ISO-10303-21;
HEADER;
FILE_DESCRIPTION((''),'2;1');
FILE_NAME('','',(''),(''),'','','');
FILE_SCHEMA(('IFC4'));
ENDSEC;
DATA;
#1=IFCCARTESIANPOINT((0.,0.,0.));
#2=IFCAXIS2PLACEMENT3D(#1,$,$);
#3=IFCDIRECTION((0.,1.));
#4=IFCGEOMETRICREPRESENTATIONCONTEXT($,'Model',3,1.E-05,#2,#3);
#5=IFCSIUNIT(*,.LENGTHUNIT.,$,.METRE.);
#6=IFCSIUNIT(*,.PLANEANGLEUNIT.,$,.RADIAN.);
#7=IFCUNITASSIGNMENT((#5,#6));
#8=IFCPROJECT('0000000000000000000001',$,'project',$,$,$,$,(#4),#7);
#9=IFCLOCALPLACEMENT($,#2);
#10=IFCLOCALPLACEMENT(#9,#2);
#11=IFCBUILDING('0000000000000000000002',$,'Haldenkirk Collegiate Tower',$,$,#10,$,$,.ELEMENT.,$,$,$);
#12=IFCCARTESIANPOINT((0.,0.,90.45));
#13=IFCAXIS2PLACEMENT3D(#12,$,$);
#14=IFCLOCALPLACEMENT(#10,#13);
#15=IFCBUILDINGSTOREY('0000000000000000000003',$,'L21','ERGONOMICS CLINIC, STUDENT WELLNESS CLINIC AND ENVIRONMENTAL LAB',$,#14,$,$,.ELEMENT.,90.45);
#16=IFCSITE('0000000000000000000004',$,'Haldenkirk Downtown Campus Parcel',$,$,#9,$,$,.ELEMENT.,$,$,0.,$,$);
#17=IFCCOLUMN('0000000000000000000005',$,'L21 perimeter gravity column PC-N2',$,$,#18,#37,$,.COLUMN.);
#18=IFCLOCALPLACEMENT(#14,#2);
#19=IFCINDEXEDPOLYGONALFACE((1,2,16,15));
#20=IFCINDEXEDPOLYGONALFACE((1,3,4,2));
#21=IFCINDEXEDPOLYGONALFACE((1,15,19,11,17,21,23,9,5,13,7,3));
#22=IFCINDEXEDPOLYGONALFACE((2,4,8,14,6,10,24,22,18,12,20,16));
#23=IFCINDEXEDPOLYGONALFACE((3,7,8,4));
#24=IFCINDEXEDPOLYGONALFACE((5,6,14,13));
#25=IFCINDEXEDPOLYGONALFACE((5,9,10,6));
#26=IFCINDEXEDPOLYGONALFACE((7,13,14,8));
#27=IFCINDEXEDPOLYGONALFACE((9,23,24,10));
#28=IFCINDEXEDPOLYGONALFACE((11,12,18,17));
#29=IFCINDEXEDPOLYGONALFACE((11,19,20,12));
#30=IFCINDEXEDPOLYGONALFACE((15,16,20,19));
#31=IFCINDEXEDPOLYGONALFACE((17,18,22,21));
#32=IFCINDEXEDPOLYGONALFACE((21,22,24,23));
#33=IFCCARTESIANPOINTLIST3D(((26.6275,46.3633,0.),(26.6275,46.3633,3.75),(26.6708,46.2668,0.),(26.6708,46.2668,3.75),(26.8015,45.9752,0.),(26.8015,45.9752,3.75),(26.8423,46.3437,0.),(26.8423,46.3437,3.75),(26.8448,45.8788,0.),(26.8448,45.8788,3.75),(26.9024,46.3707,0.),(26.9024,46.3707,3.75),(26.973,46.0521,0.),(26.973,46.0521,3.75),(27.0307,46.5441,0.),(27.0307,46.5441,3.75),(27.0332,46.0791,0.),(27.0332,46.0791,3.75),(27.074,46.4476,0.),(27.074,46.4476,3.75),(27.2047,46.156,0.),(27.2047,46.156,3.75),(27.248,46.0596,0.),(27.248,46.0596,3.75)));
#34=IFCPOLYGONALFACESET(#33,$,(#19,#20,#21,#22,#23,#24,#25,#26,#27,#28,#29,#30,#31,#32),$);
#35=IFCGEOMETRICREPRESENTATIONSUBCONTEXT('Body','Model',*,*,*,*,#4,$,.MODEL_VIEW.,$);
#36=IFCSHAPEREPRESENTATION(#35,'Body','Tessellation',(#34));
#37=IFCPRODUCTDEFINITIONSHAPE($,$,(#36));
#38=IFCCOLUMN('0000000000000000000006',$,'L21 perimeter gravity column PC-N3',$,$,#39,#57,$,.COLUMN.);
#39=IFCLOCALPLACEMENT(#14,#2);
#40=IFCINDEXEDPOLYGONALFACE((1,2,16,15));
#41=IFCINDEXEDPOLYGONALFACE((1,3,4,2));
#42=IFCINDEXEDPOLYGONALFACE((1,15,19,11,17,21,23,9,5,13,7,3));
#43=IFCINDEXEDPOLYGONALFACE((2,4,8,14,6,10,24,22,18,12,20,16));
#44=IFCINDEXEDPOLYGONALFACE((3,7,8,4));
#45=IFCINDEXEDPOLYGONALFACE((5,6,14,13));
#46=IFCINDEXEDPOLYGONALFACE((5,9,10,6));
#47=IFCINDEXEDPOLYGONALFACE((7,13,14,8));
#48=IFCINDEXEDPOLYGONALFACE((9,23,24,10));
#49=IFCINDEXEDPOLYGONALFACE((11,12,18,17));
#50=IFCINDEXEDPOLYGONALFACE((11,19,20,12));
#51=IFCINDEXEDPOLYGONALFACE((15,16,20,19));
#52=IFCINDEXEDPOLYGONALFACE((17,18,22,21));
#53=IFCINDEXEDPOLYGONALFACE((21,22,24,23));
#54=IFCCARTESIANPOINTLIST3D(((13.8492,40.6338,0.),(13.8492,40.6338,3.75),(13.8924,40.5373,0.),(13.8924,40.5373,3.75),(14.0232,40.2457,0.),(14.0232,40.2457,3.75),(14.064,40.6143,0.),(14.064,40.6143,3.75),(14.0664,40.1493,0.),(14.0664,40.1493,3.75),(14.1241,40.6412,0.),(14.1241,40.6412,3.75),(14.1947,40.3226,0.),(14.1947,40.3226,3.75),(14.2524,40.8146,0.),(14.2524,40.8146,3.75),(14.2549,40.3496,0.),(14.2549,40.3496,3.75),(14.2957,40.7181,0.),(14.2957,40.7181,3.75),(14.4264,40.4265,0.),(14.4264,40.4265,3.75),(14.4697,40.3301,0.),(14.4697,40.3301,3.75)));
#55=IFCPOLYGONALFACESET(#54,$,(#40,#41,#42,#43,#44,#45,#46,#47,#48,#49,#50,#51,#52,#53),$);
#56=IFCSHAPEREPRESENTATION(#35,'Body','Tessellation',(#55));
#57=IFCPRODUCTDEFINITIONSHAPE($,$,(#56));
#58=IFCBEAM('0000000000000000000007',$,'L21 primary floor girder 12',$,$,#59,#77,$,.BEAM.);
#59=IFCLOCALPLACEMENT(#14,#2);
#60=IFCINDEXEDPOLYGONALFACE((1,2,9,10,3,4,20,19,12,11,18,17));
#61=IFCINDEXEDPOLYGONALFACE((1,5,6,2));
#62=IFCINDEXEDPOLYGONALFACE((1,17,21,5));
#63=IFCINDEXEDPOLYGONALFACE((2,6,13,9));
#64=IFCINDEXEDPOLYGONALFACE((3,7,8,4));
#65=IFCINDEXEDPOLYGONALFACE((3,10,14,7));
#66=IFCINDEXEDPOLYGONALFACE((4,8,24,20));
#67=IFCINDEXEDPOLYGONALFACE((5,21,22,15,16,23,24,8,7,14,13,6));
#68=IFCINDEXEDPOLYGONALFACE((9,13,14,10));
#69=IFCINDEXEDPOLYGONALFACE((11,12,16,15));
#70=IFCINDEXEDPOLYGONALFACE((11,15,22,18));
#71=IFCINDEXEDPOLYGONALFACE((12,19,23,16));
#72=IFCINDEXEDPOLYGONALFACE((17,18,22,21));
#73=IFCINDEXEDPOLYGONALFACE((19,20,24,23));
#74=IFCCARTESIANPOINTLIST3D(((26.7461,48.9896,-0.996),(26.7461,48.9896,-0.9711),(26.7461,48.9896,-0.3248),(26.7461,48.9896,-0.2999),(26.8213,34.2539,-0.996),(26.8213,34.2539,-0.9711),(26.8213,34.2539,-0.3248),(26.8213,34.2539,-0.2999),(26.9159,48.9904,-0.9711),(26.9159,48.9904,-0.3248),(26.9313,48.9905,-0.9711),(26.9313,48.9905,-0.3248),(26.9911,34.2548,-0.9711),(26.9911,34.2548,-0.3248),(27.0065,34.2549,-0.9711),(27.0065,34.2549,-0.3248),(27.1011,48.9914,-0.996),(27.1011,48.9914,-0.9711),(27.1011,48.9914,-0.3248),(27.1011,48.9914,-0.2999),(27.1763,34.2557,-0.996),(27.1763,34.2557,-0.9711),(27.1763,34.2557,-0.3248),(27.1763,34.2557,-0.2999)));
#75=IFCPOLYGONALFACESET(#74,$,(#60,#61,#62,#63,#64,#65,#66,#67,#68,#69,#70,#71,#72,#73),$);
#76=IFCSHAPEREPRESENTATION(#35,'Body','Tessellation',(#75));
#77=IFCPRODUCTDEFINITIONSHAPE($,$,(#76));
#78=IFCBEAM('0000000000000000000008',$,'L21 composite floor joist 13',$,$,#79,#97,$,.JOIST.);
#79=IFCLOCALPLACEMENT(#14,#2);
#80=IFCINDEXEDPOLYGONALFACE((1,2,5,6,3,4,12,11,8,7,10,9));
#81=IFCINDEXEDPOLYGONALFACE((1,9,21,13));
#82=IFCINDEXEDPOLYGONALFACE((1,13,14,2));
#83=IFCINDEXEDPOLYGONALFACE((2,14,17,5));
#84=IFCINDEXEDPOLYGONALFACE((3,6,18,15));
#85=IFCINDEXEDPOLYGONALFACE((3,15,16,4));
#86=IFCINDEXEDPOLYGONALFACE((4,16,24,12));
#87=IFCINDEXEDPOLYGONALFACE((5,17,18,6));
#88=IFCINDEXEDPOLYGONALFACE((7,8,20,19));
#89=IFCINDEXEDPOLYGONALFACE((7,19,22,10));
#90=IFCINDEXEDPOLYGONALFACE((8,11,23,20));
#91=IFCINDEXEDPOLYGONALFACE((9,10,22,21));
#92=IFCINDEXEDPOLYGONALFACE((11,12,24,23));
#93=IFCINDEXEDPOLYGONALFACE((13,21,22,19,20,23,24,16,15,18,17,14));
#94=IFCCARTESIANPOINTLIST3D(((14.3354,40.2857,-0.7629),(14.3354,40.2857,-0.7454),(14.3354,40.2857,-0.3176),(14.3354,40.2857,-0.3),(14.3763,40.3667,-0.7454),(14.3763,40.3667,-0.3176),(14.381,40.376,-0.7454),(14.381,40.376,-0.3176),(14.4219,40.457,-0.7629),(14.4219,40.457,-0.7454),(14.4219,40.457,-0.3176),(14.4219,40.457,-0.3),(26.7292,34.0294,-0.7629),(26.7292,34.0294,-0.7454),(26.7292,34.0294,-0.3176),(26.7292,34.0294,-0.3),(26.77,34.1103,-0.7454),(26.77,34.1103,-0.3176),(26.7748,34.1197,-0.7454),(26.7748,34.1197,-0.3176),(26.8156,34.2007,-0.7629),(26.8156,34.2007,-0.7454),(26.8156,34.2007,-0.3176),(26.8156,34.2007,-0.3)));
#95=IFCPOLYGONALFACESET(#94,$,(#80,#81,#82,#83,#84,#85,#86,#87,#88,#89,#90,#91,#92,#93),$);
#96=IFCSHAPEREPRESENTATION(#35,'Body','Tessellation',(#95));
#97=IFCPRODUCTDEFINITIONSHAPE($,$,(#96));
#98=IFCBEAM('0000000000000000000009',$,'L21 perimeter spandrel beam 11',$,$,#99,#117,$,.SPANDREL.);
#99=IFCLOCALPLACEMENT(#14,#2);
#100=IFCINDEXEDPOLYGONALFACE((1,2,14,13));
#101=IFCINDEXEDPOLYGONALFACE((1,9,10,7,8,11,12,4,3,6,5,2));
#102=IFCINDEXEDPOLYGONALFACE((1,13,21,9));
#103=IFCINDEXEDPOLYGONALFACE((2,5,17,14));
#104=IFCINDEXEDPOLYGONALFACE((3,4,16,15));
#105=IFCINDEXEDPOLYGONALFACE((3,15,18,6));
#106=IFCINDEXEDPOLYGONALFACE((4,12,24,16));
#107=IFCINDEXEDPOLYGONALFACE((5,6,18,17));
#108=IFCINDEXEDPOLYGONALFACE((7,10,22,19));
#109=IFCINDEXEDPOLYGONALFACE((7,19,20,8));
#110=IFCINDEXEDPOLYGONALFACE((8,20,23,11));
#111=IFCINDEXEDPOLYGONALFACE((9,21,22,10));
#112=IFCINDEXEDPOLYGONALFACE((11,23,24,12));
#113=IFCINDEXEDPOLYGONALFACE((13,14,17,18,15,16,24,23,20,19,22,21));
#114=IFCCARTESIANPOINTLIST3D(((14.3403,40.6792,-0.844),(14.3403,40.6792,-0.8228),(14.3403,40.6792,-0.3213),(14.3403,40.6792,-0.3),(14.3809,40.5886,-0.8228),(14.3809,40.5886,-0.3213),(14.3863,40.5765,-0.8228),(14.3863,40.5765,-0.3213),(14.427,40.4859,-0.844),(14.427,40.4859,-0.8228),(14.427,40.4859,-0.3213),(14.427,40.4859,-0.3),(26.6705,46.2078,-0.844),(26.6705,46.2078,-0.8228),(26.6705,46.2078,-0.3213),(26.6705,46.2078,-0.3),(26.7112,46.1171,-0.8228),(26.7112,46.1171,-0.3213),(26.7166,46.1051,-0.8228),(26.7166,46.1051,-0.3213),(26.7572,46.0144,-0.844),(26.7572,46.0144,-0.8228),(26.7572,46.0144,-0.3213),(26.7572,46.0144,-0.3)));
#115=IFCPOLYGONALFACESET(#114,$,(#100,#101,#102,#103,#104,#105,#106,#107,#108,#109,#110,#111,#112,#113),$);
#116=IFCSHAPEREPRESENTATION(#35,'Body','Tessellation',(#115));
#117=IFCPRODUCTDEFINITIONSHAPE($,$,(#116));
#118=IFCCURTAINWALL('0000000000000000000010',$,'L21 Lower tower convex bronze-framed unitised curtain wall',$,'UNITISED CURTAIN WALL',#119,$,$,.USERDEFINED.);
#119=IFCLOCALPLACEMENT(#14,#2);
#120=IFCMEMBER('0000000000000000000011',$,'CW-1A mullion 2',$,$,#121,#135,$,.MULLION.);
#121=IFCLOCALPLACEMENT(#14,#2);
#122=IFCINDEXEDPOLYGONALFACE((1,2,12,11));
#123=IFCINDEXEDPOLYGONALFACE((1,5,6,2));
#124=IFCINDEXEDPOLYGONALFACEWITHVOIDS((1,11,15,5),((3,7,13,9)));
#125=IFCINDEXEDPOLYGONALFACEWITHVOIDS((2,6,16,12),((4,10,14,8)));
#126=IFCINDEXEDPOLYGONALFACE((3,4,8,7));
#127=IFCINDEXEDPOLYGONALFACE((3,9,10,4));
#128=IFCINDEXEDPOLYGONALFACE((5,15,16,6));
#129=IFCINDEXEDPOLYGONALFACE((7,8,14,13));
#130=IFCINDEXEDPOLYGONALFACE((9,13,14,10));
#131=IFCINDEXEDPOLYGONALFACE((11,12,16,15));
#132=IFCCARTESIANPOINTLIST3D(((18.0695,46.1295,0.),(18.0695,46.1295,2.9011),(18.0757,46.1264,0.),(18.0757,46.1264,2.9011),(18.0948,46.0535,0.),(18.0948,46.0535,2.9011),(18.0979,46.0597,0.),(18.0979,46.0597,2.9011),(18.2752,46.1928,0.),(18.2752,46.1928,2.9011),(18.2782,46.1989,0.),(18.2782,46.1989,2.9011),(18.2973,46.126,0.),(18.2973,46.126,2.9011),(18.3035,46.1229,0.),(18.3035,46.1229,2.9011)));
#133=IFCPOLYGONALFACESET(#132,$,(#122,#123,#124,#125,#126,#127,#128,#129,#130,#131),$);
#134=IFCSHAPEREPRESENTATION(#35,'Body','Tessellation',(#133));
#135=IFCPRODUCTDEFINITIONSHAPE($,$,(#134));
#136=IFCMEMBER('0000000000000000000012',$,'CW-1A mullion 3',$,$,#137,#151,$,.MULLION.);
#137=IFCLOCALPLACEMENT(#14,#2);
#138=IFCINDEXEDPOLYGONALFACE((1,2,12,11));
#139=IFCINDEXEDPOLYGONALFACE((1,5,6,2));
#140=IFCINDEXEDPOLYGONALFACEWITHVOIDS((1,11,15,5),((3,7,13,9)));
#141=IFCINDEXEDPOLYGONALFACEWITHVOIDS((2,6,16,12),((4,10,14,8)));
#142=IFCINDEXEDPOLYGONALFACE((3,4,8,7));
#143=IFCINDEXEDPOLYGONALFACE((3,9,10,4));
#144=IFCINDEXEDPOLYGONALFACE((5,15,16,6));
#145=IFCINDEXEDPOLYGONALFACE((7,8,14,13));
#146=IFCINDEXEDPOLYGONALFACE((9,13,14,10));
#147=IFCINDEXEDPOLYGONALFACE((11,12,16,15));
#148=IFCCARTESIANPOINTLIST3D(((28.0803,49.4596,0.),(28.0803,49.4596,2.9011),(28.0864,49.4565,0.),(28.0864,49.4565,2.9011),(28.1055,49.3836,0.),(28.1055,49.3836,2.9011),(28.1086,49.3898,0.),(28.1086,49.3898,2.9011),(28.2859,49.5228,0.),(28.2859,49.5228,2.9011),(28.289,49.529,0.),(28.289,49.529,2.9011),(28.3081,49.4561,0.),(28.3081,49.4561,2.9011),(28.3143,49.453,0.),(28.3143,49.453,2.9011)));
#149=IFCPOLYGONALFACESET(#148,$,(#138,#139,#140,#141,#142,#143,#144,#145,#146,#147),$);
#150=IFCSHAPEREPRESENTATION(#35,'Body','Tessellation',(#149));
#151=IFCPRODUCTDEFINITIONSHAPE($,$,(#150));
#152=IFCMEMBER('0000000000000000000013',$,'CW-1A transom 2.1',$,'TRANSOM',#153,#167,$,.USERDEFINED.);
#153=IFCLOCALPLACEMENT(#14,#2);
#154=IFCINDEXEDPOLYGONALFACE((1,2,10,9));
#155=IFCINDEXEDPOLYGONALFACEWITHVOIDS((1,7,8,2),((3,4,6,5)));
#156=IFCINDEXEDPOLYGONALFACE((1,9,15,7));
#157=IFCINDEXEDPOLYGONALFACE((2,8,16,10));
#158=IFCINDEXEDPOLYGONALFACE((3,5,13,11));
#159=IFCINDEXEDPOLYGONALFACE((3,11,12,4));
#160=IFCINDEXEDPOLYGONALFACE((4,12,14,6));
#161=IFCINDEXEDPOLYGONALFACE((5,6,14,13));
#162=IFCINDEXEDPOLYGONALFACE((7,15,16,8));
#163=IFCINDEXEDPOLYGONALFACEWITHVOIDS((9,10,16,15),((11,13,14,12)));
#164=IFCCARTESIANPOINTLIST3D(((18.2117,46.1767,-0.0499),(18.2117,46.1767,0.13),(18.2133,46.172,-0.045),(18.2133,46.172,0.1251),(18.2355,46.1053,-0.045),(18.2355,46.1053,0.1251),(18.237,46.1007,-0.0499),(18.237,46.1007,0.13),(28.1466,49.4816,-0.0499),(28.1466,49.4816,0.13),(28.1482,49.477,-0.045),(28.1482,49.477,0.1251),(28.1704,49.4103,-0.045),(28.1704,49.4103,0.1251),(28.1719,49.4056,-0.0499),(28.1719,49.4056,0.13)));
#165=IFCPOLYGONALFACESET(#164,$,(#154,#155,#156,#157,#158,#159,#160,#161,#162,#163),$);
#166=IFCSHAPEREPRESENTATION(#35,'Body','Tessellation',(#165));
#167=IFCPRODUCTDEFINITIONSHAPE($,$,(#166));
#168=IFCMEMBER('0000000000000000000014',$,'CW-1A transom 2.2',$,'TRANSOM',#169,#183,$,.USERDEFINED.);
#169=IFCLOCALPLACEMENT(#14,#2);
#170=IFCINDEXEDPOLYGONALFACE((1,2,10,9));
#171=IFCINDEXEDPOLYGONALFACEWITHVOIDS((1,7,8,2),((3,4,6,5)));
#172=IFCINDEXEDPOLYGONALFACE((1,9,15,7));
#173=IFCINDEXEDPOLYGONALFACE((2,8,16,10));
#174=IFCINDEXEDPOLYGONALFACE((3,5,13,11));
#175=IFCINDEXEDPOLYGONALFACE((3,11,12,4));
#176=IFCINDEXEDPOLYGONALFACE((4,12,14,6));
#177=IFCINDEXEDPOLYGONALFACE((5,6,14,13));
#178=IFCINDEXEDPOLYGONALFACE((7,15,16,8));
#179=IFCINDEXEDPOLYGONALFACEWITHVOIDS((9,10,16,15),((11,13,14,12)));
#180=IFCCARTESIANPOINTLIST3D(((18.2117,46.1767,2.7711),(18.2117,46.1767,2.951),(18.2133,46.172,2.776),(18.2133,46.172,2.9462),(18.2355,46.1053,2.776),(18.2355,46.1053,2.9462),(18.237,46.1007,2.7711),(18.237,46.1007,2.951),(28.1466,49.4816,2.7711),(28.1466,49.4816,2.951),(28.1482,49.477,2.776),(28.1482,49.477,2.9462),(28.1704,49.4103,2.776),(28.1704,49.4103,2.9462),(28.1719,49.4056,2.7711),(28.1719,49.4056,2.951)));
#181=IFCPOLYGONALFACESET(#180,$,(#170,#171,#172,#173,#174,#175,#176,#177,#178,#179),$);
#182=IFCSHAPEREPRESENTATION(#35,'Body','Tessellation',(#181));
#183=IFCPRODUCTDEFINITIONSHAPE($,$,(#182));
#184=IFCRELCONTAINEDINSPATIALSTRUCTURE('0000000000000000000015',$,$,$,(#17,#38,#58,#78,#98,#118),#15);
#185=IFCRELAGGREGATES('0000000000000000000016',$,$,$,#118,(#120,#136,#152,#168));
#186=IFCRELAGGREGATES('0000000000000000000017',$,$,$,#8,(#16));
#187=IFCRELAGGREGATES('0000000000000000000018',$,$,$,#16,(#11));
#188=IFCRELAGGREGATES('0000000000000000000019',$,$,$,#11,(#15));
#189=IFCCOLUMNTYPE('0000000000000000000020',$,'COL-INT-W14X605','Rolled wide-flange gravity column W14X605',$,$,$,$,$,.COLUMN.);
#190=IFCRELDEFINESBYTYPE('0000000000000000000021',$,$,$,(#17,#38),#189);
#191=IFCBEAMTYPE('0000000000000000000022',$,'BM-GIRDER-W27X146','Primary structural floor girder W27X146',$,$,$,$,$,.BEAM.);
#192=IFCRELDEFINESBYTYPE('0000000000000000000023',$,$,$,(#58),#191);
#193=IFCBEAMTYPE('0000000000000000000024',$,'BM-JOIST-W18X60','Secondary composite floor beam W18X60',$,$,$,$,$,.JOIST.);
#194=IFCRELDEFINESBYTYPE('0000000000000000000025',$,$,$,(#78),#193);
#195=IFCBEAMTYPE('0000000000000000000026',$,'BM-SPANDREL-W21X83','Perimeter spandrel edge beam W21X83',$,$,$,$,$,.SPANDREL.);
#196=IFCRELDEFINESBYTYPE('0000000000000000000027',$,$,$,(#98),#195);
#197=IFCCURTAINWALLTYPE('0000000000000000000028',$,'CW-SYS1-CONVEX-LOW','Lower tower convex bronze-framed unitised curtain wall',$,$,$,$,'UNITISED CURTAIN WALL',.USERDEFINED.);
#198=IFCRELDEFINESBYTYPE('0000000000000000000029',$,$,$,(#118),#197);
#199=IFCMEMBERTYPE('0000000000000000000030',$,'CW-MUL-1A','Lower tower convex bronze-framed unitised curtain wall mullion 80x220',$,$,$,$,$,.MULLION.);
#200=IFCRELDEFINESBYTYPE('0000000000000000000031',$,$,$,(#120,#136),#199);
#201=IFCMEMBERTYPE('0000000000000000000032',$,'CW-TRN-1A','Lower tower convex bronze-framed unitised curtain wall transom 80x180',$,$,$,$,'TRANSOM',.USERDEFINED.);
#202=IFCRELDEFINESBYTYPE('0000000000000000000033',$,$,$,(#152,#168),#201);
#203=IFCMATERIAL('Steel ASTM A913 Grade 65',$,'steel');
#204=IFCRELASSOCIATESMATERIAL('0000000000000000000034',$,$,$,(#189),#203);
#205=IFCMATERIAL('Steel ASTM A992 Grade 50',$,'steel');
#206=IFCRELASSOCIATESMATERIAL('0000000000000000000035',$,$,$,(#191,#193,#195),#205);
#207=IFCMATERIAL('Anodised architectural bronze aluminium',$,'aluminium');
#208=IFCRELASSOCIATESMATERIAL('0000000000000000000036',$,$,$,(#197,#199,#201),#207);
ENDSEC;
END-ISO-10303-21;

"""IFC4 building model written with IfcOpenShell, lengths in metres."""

from ifc_helpers import new_model, si_unit, direction, frame, origin, origin_2d, place, context, subcontext, project, spatial, hollow_rectangle, i_section, extrude, material, material_profile, profile_set, type_object, element, aggregate, save


model = new_model("IFC4")

# Units and contexts
model_context = context("Model", 3, precision=1e-05, world=origin(), true_north=direction((0.0, 1.0)))
body_context = subcontext(model_context, "Body", "Model", "MODEL_VIEW")
ifc_project = project(units=[si_unit("LENGTHUNIT", "METRE"), si_unit("PLANEANGLEUNIT", "RADIAN")], contexts=[model_context])

# Site, building, storey
site_placement = place(None, origin())
site = spatial("IfcSite", under=ifc_project, at=site_placement, Name="Haldenkirk Downtown Campus Parcel", CompositionType="ELEMENT", RefElevation=0.0)
building_placement = place(site_placement, origin())
building = spatial("IfcBuilding", under=site, at=building_placement, Name="Haldenkirk Collegiate Tower", CompositionType="ELEMENT")
storey_placement = place(building_placement, frame((0.0, 0.0, 90.45)))
storey = spatial("IfcBuildingStorey", under=building, at=storey_placement, Name="L21", Description="ERGONOMICS CLINIC, STUDENT WELLNESS CLINIC AND ENVIRONMENTAL LAB", CompositionType="ELEMENT", Elevation=90.45)

# Columns
ifc_material_1 = material(Name="Steel ASTM A913 Grade 65", Category="steel")
ifc_material_profile_1 = material_profile(ifc_material_1, i_section(OverallWidth=0.4419, OverallDepth=0.531, WebThickness=0.0659, FlangeThickness=0.1057, at=origin_2d()), Name="W14X605")
ifc_profile_set_1 = profile_set([ifc_material_profile_1], Name="Steel ASTM A913 Grade 65")
column_type = type_object("IfcColumnType", Name="COL-INT-W14X605", Description="Rolled wide-flange gravity column W14X605", PredefinedType="COLUMN", material=ifc_profile_set_1)
for number, where, z_axis, x_axis, name in (
    (1, (26.9377, 46.2114, 0.0), (0.0, 0.0, 1.0), (0.912477, 0.409127, 0.0), "L21 perimeter gravity column PC-N2"),
    (2, (14.1594, 40.4819, 0.0), (0.0, 0.0, 1.0), (0.912477, 0.409127, 0.0), "L21 perimeter gravity column PC-N3"),
):
    element("IfcColumn", number, at=place(storey_placement, frame(where, z_axis=z_axis, x_axis=x_axis)), inside=storey, type_object=column_type, Name=name, PredefinedType="COLUMN", context=body_context, shape_type="SweptSolid", body=[
        extrude(i_section(OverallWidth=0.4419, OverallDepth=0.531, WebThickness=0.0659, FlangeThickness=0.1057, at=origin_2d()), origin(), (0.0, 0.0, 1.0), 3.75),
    ])

# Beams
ifc_material_2 = material(Name="Steel ASTM A992 Grade 50", Category="steel")
ifc_material_profile_2 = material_profile(ifc_material_2, i_section(OverallWidth=0.355, OverallDepth=0.696, WebThickness=0.0154, FlangeThickness=0.0249, at=origin_2d()), Name="W27X146")
ifc_profile_set_2 = profile_set([ifc_material_profile_2], Name="Steel ASTM A992 Grade 50")
beam_type_1 = type_object("IfcBeamType", Name="BM-GIRDER-W27X146", Description="Primary structural floor girder W27X146", PredefinedType="BEAM", material=ifc_profile_set_2)
beam_1_placement = place(storey_placement, frame((26.9236, 48.9905, -0.6479), z_axis=(0.005103, -0.999987, 0.0), x_axis=(0.999987, 0.005103, 0.0)))
element("IfcBeam", 3, at=beam_1_placement, inside=storey, type_object=beam_type_1, Name="L21 primary floor girder 12", PredefinedType="BEAM", context=body_context, shape_type="SweptSolid", body=[
    extrude(i_section(OverallWidth=0.355, OverallDepth=0.696, WebThickness=0.0154, FlangeThickness=0.0249, at=origin_2d()), origin(), (0.0, 0.0, 1.0), 14.7358),
])
ifc_material_profile_3 = material_profile(ifc_material_2, i_section(OverallWidth=0.1919, OverallDepth=0.4629, WebThickness=0.0105, FlangeThickness=0.0176, at=origin_2d()), Name="W18X60")
ifc_profile_set_3 = profile_set([ifc_material_profile_3], Name="Steel ASTM A992 Grade 50")
beam_type_2 = type_object("IfcBeamType", Name="BM-JOIST-W18X60", Description="Secondary composite floor beam W18X60", PredefinedType="JOIST", material=ifc_profile_set_3)
beam_2_placement = place(storey_placement, frame((14.3787, 40.3713, -0.5315), z_axis=(0.892708, -0.450636, 0.0), x_axis=(0.450636, 0.892708, 0.0)))
element("IfcBeam", 4, at=beam_2_placement, inside=storey, type_object=beam_type_2, Name="L21 composite floor joist 13", PredefinedType="JOIST", context=body_context, shape_type="SweptSolid", body=[
    extrude(i_section(OverallWidth=0.1919, OverallDepth=0.4629, WebThickness=0.0105, FlangeThickness=0.0176, at=origin_2d()), origin(), (0.0, 0.0, 1.0), 13.8833),
])
ifc_material_profile_4 = material_profile(ifc_material_2, i_section(OverallWidth=0.2119, OverallDepth=0.5439, WebThickness=0.0132, FlangeThickness=0.0212, at=origin_2d()), Name="W21X83")
ifc_profile_set_4 = profile_set([ifc_material_profile_4], Name="Steel ASTM A992 Grade 50")
beam_type_3 = type_object("IfcBeamType", Name="BM-SPANDREL-W21X83", Description="Perimeter spandrel edge beam W21X83", PredefinedType="SPANDREL", material=ifc_profile_set_4)
beam_3_placement = place(storey_placement, frame((26.7139, 46.1111, -0.572), z_axis=(-0.912477, -0.409129, 0.0), x_axis=(0.409129, -0.912477, 0.0)))
element("IfcBeam", 5, at=beam_3_placement, inside=storey, type_object=beam_type_3, Name="L21 perimeter spandrel beam 11", PredefinedType="SPANDREL", context=body_context, shape_type="SweptSolid", body=[
    extrude(i_section(OverallWidth=0.2119, OverallDepth=0.5439, WebThickness=0.0132, FlangeThickness=0.0212, at=origin_2d()), origin(), (0.0, 0.0, 1.0), 13.5129),
])

# Curtain wall, members
ifc_material_3 = material(Name="Anodised architectural bronze aluminium", Category="aluminium")
curtain_wall_type = type_object("IfcCurtainWallType", Name="CW-SYS1-CONVEX-LOW", Description="Lower tower convex bronze-framed unitised curtain wall", ElementType="UNITISED CURTAIN WALL", PredefinedType="USERDEFINED", material=ifc_material_3)
curtain_wall_placement = place(storey_placement, origin())
curtain_wall = element("IfcCurtainWall", 6, at=curtain_wall_placement, inside=storey, type_object=curtain_wall_type, Name="L21 Lower tower convex bronze-framed unitised curtain wall", ObjectType="UNITISED CURTAIN WALL", PredefinedType="USERDEFINED")
ifc_material_profile_5 = material_profile(ifc_material_3, hollow_rectangle(XDim=0.0801, YDim=0.22, WallThickness=0.0049, at=origin_2d()), Name="CW-MUL-1A")
ifc_profile_set_5 = profile_set([ifc_material_profile_5], Name="Anodised architectural bronze aluminium")
member_type_1 = type_object("IfcMemberType", Name="CW-MUL-1A", Description="Lower tower convex bronze-framed unitised curtain wall mullion 80x220", PredefinedType="MULLION", material=ifc_profile_set_5)
member_1_placement = place(storey_placement, frame((18.1865, 46.1262, 0.0), z_axis=(0.0, 0.0, 1.0), x_axis=(-0.31565, 0.948876, 0.0)))
member_1 = element("IfcMember", 7, at=member_1_placement, type_object=member_type_1, Name="CW-1A mullion 2", PredefinedType="MULLION", context=body_context, shape_type="SweptSolid", body=[
    extrude(hollow_rectangle(XDim=0.0801, YDim=0.22, WallThickness=0.0049, at=origin_2d()), origin(), (0.0, 0.0, 1.0), 2.9011),
])
member_2_placement = place(storey_placement, frame((28.1973, 49.4563, 0.0), z_axis=(0.0, 0.0, 1.0), x_axis=(-0.31565, 0.948876, 0.0)))
member_2 = element("IfcMember", 8, at=member_2_placement, type_object=member_type_1, Name="CW-1A mullion 3", PredefinedType="MULLION", context=body_context, shape_type="SweptSolid", body=[
    extrude(hollow_rectangle(XDim=0.0801, YDim=0.22, WallThickness=0.0049, at=origin_2d()), origin(), (0.0, 0.0, 1.0), 2.9011),
])
ifc_material_profile_6 = material_profile(ifc_material_3, hollow_rectangle(XDim=0.0801, YDim=0.1799, WallThickness=0.0049, at=origin_2d()), Name="CW-TRN-1A")
ifc_profile_set_6 = profile_set([ifc_material_profile_6], Name="Anodised architectural bronze aluminium")
member_type_2 = type_object("IfcMemberType", Name="CW-TRN-1A", Description="Lower tower convex bronze-framed unitised curtain wall transom 80x180", ElementType="TRANSOM", PredefinedType="USERDEFINED", material=ifc_profile_set_6)
member_3_placement = place(storey_placement, frame((18.2244, 46.1387, 0.04), z_axis=(0.948874, 0.315654, 0.0), x_axis=(-0.315654, 0.948874, 0.0)))
member_3 = element("IfcMember", 9, at=member_3_placement, type_object=member_type_2, Name="CW-1A transom 2.1", ObjectType="TRANSOM", PredefinedType="USERDEFINED", context=body_context, shape_type="SweptSolid", body=[
    extrude(hollow_rectangle(XDim=0.0801, YDim=0.1799, WallThickness=0.0049, at=origin_2d()), origin(), (0.0, 0.0, 1.0), 10.4702),
])
member_4_placement = place(storey_placement, frame((18.2244, 46.1387, 2.8611), z_axis=(0.948874, 0.315654, 0.0), x_axis=(-0.315654, 0.948874, 0.0)))
member_4 = element("IfcMember", 10, at=member_4_placement, type_object=member_type_2, Name="CW-1A transom 2.2", ObjectType="TRANSOM", PredefinedType="USERDEFINED", context=body_context, shape_type="SweptSolid", body=[
    extrude(hollow_rectangle(XDim=0.0801, YDim=0.1799, WallThickness=0.0049, at=origin_2d()), origin(), (0.0, 0.0, 1.0), 10.4702),
])
aggregate(curtain_wall, [member_1, member_2, member_3, member_4])

save(model, "model.ifc")
